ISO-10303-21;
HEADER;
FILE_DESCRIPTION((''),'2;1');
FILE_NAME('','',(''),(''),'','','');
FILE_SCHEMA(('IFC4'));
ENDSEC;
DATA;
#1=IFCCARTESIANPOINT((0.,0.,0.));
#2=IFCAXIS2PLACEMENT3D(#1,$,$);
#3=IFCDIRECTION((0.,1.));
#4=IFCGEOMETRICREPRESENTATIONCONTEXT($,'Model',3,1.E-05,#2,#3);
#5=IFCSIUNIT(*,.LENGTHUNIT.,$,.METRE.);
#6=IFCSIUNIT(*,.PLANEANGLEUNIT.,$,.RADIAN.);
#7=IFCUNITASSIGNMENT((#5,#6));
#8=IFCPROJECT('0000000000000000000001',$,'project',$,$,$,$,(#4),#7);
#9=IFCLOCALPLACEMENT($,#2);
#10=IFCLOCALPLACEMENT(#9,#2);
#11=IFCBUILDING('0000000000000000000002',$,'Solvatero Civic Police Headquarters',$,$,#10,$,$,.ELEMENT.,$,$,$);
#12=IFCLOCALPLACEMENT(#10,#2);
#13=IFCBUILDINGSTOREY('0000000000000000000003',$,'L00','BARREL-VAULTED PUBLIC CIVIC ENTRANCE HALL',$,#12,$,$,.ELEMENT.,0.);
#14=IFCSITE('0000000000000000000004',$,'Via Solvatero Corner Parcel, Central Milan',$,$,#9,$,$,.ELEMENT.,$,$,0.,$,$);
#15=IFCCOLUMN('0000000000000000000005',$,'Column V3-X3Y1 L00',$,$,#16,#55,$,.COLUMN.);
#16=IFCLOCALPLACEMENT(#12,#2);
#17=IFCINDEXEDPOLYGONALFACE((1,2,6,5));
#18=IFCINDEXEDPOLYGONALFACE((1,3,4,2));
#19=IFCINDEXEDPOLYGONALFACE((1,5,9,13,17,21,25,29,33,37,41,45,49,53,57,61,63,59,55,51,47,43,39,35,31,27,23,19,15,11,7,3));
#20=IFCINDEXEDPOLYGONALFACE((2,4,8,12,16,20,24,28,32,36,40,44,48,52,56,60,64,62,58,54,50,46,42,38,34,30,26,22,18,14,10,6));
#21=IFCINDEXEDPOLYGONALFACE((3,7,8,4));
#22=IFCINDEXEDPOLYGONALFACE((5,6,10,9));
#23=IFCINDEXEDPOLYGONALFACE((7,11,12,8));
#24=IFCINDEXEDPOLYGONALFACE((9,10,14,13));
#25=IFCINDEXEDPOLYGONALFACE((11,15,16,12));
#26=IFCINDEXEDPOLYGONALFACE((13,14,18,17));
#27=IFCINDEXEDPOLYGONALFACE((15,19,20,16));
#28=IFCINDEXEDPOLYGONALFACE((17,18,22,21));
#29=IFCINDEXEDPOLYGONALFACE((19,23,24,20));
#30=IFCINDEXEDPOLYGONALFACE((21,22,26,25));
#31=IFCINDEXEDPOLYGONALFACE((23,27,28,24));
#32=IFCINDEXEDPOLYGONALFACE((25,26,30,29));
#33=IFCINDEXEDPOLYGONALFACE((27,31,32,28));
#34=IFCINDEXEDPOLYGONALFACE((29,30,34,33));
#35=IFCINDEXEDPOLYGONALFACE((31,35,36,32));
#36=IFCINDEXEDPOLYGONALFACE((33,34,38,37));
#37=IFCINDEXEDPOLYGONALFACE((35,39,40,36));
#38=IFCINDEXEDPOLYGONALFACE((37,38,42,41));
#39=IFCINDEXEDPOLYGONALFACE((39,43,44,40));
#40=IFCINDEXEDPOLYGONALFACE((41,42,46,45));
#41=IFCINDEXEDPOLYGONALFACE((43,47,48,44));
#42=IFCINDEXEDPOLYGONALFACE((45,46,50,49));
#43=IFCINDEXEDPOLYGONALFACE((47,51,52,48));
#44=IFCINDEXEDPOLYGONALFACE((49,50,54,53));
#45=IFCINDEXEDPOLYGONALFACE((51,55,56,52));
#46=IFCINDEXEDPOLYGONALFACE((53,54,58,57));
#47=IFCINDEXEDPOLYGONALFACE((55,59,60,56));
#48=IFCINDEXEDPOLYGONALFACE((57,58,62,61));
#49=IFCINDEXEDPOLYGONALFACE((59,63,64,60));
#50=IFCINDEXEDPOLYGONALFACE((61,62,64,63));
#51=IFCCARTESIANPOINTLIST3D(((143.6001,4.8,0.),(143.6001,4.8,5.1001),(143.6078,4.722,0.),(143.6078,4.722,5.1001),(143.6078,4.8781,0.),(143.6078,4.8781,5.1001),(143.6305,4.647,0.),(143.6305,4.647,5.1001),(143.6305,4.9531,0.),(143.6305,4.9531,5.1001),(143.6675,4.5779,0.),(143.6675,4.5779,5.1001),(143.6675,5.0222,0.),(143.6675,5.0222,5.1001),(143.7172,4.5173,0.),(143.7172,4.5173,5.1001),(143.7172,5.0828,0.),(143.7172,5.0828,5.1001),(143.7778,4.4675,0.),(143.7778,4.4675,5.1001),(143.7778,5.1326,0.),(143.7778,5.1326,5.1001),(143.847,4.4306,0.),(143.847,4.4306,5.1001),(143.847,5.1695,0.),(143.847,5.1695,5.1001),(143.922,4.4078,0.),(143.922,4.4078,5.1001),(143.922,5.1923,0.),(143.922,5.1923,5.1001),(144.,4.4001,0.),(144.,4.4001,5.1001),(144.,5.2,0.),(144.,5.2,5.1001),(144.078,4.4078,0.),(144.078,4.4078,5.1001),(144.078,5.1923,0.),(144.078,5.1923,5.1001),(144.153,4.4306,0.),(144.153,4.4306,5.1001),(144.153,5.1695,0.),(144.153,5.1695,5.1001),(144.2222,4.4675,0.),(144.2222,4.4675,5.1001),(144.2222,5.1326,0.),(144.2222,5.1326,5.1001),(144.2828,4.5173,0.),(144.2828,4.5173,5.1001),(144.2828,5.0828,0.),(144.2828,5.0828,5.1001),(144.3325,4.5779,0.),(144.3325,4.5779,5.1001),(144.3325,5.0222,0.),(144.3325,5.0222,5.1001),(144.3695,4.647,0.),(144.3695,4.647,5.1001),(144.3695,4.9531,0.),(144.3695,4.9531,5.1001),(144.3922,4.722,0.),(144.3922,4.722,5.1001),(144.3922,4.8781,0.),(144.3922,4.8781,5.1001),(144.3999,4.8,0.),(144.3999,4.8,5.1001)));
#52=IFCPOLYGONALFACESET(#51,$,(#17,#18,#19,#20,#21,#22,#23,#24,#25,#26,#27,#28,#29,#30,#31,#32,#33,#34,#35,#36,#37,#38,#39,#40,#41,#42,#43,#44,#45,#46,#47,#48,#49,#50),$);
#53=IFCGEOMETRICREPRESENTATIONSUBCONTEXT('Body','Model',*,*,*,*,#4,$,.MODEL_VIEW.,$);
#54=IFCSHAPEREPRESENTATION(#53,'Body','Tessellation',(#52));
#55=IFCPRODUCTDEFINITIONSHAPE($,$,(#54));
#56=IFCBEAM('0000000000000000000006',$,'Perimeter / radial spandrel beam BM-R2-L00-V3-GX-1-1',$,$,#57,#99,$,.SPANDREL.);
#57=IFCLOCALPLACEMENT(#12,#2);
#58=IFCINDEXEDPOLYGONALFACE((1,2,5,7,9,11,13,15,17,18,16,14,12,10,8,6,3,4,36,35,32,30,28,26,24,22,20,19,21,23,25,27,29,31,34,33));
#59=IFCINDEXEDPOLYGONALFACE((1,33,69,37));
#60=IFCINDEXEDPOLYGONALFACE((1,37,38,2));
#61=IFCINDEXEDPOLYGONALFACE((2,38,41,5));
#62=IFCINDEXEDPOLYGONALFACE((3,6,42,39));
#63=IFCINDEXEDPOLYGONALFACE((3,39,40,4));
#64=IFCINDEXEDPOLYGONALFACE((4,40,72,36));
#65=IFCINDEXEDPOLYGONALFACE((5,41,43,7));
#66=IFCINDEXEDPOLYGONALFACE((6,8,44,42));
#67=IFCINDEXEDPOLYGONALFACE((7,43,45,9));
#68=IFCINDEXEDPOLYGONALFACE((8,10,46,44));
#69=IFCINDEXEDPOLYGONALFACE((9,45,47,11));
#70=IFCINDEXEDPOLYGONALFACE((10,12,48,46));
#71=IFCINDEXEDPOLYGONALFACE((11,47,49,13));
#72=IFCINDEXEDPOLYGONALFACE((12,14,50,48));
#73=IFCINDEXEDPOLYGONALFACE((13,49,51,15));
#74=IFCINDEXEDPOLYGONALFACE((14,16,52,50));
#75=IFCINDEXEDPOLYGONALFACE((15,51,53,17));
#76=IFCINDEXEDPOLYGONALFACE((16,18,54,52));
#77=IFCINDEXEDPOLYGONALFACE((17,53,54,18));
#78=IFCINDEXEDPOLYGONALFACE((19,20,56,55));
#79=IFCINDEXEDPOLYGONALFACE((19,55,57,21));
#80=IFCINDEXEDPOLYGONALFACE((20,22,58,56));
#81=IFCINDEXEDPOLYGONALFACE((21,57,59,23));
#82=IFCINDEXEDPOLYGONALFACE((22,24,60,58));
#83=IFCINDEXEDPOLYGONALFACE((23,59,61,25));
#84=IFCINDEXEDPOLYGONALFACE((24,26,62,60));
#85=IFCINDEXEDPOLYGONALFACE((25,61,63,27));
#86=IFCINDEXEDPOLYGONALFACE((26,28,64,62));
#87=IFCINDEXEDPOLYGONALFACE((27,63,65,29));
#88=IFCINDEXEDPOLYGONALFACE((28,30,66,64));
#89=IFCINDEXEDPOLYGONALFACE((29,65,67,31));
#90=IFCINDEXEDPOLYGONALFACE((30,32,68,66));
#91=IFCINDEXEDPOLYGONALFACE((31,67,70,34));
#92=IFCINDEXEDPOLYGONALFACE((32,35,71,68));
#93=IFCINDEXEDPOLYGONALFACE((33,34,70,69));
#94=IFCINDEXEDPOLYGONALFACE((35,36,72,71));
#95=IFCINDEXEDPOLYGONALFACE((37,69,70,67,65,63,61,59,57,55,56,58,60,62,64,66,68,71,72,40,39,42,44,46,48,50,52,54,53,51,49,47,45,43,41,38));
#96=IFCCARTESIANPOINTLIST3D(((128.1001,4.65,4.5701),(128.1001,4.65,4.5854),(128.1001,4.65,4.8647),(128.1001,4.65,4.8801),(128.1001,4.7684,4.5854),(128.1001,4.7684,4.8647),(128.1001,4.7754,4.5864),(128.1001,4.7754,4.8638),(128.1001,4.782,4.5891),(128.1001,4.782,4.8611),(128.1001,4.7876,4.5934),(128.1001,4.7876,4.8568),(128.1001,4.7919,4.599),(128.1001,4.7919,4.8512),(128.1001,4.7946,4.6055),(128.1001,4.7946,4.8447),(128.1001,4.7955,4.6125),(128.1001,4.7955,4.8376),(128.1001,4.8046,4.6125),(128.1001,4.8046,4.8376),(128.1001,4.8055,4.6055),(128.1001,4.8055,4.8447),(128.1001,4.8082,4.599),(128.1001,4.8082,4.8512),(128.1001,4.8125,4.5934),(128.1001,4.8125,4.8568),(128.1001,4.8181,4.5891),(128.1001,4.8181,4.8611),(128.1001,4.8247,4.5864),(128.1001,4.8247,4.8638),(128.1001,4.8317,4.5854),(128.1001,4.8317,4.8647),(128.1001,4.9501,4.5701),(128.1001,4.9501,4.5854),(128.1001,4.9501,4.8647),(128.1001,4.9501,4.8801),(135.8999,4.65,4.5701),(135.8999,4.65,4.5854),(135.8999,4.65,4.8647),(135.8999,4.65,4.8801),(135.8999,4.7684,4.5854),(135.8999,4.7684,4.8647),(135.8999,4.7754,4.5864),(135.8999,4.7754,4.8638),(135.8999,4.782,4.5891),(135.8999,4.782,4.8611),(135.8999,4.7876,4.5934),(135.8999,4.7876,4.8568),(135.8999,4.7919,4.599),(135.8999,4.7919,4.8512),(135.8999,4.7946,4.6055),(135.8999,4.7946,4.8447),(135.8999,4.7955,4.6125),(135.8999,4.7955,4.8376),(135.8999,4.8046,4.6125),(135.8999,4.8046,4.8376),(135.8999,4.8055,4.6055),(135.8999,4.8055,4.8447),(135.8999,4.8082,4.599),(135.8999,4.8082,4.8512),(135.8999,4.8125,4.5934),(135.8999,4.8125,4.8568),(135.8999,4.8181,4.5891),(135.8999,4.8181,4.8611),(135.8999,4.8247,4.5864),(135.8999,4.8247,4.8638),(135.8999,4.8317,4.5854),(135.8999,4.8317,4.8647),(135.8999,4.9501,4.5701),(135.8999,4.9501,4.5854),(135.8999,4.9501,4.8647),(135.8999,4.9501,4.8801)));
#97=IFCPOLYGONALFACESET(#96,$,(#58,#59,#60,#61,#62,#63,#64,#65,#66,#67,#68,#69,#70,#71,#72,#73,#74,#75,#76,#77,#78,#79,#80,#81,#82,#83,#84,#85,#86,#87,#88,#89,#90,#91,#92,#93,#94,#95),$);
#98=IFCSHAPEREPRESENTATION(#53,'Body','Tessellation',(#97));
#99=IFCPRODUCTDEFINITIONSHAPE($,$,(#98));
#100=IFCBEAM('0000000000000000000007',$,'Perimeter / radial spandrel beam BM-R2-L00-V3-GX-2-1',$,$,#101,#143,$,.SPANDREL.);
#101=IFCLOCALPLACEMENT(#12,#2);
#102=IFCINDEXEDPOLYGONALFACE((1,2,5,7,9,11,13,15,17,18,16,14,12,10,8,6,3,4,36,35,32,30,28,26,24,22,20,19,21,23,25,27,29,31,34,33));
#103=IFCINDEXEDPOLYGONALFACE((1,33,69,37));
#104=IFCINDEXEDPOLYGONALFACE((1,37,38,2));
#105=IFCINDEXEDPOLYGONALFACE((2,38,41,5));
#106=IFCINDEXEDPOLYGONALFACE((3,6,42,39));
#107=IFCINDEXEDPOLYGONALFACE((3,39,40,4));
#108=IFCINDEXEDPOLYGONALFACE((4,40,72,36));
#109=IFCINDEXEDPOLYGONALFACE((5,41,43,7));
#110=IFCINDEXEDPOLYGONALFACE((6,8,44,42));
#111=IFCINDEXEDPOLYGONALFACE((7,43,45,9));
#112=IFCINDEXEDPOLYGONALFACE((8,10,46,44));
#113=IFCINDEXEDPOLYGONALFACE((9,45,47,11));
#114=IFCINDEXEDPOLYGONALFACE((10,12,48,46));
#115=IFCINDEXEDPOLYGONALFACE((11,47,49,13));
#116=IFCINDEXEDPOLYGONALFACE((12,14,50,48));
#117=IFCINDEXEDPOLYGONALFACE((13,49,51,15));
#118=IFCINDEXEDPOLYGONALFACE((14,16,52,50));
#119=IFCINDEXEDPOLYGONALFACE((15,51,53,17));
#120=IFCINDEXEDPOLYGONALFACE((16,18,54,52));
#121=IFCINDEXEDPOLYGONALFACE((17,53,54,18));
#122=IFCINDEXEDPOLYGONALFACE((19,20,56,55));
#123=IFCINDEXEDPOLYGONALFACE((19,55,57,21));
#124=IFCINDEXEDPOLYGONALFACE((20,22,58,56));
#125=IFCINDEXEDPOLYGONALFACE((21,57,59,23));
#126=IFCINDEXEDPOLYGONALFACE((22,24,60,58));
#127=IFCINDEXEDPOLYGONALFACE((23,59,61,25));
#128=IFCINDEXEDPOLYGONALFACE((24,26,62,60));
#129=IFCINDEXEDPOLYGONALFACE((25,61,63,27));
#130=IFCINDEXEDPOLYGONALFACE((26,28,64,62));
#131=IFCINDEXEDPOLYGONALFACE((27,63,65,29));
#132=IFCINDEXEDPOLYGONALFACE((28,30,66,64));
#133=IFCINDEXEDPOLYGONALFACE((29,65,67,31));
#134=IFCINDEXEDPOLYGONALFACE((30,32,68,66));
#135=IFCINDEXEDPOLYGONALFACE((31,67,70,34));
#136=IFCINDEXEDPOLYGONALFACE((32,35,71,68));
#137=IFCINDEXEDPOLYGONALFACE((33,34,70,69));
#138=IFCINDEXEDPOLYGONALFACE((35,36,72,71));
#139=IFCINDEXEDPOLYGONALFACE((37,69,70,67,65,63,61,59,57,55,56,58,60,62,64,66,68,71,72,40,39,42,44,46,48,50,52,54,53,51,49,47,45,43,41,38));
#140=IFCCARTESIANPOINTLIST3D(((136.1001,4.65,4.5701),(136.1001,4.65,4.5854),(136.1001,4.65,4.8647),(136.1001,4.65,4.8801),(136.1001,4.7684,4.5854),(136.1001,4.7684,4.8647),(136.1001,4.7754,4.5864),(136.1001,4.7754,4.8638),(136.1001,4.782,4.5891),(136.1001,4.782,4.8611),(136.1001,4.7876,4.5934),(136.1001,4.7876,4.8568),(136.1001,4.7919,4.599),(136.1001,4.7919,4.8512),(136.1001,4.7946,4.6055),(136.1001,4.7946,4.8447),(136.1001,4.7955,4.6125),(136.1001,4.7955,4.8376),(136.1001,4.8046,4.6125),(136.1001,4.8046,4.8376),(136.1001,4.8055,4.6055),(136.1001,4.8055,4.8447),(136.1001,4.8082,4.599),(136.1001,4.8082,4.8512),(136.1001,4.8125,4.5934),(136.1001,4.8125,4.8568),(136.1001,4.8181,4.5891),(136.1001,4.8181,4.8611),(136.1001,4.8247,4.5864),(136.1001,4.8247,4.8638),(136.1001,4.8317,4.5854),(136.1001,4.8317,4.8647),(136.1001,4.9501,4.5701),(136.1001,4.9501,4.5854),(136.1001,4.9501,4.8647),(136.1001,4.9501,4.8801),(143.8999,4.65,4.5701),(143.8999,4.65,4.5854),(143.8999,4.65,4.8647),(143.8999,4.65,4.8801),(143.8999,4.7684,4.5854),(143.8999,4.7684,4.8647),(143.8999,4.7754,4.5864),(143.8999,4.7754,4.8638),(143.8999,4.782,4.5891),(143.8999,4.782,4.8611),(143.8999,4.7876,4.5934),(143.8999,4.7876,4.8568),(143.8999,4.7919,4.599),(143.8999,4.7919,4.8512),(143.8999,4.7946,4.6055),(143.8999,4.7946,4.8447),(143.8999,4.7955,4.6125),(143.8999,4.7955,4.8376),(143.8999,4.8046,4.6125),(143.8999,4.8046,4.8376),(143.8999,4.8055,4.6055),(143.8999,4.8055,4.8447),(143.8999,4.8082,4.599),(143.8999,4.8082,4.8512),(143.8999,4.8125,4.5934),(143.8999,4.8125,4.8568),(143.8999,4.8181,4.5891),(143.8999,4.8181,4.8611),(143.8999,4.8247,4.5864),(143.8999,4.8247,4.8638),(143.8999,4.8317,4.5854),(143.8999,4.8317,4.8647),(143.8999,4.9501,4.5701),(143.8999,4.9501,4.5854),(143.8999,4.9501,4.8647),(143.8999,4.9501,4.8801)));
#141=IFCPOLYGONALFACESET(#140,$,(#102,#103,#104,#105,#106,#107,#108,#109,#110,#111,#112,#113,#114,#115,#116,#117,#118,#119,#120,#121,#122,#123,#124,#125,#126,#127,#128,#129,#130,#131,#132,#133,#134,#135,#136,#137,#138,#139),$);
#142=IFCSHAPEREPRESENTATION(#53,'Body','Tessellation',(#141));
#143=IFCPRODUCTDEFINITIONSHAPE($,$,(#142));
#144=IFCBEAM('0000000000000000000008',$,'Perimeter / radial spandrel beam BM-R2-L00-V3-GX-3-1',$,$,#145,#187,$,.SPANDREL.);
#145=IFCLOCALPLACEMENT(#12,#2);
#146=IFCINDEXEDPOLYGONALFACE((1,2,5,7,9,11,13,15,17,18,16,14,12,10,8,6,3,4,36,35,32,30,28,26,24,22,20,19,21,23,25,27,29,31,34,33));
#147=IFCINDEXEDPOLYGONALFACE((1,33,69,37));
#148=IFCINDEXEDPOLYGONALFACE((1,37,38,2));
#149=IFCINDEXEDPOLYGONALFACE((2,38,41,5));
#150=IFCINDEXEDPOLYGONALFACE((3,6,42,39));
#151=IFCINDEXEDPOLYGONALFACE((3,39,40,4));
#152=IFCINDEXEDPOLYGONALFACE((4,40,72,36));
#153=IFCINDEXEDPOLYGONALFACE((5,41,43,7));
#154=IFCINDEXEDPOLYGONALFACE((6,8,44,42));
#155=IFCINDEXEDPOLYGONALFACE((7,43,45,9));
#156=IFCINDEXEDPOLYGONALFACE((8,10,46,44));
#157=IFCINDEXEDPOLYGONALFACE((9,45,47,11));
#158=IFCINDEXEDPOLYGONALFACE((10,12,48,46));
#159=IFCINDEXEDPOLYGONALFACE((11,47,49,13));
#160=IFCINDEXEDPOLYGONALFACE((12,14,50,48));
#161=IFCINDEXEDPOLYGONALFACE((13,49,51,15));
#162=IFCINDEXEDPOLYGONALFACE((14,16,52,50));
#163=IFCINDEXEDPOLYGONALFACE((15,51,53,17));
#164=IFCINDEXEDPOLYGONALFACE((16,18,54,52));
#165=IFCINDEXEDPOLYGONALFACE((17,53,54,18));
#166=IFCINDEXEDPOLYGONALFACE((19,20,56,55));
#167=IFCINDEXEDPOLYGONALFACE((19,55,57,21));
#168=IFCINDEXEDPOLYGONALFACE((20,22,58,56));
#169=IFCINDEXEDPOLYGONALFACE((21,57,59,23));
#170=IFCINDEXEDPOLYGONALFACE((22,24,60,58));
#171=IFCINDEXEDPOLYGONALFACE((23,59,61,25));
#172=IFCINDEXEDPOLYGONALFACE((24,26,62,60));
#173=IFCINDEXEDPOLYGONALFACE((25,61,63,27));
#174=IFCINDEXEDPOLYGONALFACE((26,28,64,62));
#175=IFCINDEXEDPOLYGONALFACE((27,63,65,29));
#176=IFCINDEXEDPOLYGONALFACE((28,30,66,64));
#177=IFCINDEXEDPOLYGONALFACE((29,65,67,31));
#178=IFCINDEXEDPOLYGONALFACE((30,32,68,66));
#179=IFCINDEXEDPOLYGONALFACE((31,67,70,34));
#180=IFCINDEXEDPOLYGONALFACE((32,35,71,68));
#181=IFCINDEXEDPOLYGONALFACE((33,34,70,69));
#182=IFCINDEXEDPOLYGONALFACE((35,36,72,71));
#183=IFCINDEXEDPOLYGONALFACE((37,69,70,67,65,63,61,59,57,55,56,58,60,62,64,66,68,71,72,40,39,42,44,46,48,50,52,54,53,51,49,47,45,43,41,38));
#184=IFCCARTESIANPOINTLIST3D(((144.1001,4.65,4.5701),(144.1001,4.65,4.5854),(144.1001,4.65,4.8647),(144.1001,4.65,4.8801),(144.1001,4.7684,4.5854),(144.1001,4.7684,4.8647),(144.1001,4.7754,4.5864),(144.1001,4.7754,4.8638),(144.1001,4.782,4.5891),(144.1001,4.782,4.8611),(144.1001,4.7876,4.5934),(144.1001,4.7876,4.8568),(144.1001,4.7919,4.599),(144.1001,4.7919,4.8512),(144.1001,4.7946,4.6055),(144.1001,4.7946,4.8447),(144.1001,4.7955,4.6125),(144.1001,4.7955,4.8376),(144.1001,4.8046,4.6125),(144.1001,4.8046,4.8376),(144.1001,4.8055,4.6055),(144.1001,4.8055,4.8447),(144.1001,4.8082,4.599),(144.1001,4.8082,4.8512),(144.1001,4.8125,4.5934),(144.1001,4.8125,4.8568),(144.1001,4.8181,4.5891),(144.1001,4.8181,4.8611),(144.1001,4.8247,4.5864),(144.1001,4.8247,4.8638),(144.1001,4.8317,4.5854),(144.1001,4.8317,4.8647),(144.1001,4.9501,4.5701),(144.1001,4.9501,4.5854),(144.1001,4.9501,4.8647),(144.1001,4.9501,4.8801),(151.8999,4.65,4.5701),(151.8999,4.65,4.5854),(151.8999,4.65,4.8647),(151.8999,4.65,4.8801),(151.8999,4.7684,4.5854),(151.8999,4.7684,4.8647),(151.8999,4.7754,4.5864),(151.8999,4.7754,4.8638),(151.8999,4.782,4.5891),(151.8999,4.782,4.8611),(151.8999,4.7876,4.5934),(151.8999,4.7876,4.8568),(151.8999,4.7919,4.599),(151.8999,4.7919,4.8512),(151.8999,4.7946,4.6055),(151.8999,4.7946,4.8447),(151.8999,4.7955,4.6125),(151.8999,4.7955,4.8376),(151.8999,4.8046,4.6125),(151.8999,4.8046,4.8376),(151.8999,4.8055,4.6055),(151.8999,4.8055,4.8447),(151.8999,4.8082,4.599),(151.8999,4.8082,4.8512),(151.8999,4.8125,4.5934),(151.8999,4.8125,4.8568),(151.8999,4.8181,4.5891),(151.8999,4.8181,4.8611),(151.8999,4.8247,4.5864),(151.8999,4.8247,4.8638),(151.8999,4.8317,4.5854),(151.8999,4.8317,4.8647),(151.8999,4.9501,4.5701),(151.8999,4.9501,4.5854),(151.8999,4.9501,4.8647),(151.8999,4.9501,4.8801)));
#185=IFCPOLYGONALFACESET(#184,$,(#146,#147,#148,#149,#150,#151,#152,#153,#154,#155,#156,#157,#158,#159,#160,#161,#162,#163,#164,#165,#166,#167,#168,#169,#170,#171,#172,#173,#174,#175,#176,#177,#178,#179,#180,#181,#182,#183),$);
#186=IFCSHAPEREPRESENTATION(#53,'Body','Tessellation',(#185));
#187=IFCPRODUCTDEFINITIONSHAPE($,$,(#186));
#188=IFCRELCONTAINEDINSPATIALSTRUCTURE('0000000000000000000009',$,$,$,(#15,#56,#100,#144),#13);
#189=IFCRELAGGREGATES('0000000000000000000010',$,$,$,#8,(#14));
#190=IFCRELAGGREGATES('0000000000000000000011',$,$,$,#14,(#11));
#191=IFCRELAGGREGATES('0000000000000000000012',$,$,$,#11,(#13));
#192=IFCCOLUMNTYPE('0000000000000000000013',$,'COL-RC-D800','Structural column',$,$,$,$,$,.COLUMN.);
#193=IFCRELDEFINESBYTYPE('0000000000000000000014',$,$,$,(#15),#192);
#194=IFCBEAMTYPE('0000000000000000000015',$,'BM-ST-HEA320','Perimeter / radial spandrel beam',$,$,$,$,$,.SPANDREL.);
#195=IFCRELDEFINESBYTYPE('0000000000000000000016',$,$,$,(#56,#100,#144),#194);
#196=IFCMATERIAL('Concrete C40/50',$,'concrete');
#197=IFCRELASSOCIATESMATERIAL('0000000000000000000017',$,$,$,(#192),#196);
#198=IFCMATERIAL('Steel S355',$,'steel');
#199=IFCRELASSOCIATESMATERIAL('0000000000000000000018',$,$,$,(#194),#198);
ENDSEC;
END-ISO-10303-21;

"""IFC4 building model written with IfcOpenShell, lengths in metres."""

from ifc_helpers import new_model, si_unit, direction, frame, origin, origin_2d, place, context, subcontext, project, spatial, circle, i_section, extrude, material, material_profile, profile_set, type_object, element, save


model = new_model("IFC4")

# Units and contexts
model_context = context("Model", 3, precision=1e-05, world=origin(), true_north=direction((0.0, 1.0)))
body_context = subcontext(model_context, "Body", "Model", "MODEL_VIEW")
ifc_project = project(units=[si_unit("LENGTHUNIT", "METRE"), si_unit("PLANEANGLEUNIT", "RADIAN")], contexts=[model_context])

# Site, building, storey
site_placement = place(None, origin())
site = spatial("IfcSite", under=ifc_project, at=site_placement, Name="Via Solvatero Corner Parcel, Central Milan", CompositionType="ELEMENT", RefElevation=0.0)
building_placement = place(site_placement, origin())
building = spatial("IfcBuilding", under=site, at=building_placement, Name="Solvatero Civic Police Headquarters", CompositionType="ELEMENT")
storey_placement = place(building_placement, origin())
storey = spatial("IfcBuildingStorey", under=building, at=storey_placement, Name="L00", Description="BARREL-VAULTED PUBLIC CIVIC ENTRANCE HALL", CompositionType="ELEMENT", Elevation=0.0)

# Column
ifc_material_1 = material(Name="Concrete C40/50", Category="concrete")
ifc_material_profile_1 = material_profile(ifc_material_1, circle(Radius=0.3999, at=origin_2d()), Name="RC COL D800")
ifc_profile_set_1 = profile_set([ifc_material_profile_1], Name="Concrete C40/50")
column_type_1 = type_object("IfcColumnType", Name="COL-RC-D800", Description="Structural column", PredefinedType="COLUMN", material=ifc_profile_set_1)
column_1_placement = place(storey_placement, frame((144.0, 4.8, 0.0), z_axis=(0.0, 0.0, 1.0), x_axis=(1.0, 0.0, 0.0)))
element("IfcColumn", 1, at=column_1_placement, inside=storey, type_object=column_type_1, Name="Column V3-X3Y1 L00", PredefinedType="COLUMN", context=body_context, shape_type="SweptSolid", body=[
    extrude(circle(Radius=0.3999, at=origin_2d()), origin(), (0.0, 0.0, 1.0), 5.1001),
])

# Beams
ifc_material_2 = material(Name="Steel S355", Category="steel")
ifc_material_profile_2 = material_profile(ifc_material_2, i_section(OverallWidth=0.3, OverallDepth=0.3101, WebThickness=0.009, FlangeThickness=0.0154, FilletRadius=0.0271, at=origin_2d()), Name="HEA 320")
ifc_profile_set_2 = profile_set([ifc_material_profile_2], Name="Steel S355")
beam_type_1 = type_object("IfcBeamType", Name="BM-ST-HEA320", Description="Perimeter / radial spandrel beam", PredefinedType="SPANDREL", material=ifc_profile_set_2)
for number, where, z_axis, x_axis, name in (
    (2, (128.1001, 4.8, 4.7251), (1.0, 0.0, 0.0), (0.0, 1.0, 0.0), "Perimeter / radial spandrel beam BM-R2-L00-V3-GX-1-1"),
    (3, (136.1001, 4.8, 4.7251), (1.0, 0.0, 0.0), (0.0, 1.0, 0.0), "Perimeter / radial spandrel beam BM-R2-L00-V3-GX-2-1"),
    (4, (144.1001, 4.8, 4.7251), (1.0, 0.0, 0.0), (0.0, 1.0, 0.0), "Perimeter / radial spandrel beam BM-R2-L00-V3-GX-3-1"),
):
    element("IfcBeam", number, at=place(storey_placement, frame(where, z_axis=z_axis, x_axis=x_axis)), inside=storey, type_object=beam_type_1, Name=name, PredefinedType="SPANDREL", context=body_context, shape_type="SweptSolid", body=[
        extrude(i_section(OverallWidth=0.3, OverallDepth=0.3101, WebThickness=0.009, FlangeThickness=0.0154, FilletRadius=0.0271, at=origin_2d()), origin(), (0.0, 0.0, 1.0), 7.7998),
    ])

save(model, "model.ifc")
